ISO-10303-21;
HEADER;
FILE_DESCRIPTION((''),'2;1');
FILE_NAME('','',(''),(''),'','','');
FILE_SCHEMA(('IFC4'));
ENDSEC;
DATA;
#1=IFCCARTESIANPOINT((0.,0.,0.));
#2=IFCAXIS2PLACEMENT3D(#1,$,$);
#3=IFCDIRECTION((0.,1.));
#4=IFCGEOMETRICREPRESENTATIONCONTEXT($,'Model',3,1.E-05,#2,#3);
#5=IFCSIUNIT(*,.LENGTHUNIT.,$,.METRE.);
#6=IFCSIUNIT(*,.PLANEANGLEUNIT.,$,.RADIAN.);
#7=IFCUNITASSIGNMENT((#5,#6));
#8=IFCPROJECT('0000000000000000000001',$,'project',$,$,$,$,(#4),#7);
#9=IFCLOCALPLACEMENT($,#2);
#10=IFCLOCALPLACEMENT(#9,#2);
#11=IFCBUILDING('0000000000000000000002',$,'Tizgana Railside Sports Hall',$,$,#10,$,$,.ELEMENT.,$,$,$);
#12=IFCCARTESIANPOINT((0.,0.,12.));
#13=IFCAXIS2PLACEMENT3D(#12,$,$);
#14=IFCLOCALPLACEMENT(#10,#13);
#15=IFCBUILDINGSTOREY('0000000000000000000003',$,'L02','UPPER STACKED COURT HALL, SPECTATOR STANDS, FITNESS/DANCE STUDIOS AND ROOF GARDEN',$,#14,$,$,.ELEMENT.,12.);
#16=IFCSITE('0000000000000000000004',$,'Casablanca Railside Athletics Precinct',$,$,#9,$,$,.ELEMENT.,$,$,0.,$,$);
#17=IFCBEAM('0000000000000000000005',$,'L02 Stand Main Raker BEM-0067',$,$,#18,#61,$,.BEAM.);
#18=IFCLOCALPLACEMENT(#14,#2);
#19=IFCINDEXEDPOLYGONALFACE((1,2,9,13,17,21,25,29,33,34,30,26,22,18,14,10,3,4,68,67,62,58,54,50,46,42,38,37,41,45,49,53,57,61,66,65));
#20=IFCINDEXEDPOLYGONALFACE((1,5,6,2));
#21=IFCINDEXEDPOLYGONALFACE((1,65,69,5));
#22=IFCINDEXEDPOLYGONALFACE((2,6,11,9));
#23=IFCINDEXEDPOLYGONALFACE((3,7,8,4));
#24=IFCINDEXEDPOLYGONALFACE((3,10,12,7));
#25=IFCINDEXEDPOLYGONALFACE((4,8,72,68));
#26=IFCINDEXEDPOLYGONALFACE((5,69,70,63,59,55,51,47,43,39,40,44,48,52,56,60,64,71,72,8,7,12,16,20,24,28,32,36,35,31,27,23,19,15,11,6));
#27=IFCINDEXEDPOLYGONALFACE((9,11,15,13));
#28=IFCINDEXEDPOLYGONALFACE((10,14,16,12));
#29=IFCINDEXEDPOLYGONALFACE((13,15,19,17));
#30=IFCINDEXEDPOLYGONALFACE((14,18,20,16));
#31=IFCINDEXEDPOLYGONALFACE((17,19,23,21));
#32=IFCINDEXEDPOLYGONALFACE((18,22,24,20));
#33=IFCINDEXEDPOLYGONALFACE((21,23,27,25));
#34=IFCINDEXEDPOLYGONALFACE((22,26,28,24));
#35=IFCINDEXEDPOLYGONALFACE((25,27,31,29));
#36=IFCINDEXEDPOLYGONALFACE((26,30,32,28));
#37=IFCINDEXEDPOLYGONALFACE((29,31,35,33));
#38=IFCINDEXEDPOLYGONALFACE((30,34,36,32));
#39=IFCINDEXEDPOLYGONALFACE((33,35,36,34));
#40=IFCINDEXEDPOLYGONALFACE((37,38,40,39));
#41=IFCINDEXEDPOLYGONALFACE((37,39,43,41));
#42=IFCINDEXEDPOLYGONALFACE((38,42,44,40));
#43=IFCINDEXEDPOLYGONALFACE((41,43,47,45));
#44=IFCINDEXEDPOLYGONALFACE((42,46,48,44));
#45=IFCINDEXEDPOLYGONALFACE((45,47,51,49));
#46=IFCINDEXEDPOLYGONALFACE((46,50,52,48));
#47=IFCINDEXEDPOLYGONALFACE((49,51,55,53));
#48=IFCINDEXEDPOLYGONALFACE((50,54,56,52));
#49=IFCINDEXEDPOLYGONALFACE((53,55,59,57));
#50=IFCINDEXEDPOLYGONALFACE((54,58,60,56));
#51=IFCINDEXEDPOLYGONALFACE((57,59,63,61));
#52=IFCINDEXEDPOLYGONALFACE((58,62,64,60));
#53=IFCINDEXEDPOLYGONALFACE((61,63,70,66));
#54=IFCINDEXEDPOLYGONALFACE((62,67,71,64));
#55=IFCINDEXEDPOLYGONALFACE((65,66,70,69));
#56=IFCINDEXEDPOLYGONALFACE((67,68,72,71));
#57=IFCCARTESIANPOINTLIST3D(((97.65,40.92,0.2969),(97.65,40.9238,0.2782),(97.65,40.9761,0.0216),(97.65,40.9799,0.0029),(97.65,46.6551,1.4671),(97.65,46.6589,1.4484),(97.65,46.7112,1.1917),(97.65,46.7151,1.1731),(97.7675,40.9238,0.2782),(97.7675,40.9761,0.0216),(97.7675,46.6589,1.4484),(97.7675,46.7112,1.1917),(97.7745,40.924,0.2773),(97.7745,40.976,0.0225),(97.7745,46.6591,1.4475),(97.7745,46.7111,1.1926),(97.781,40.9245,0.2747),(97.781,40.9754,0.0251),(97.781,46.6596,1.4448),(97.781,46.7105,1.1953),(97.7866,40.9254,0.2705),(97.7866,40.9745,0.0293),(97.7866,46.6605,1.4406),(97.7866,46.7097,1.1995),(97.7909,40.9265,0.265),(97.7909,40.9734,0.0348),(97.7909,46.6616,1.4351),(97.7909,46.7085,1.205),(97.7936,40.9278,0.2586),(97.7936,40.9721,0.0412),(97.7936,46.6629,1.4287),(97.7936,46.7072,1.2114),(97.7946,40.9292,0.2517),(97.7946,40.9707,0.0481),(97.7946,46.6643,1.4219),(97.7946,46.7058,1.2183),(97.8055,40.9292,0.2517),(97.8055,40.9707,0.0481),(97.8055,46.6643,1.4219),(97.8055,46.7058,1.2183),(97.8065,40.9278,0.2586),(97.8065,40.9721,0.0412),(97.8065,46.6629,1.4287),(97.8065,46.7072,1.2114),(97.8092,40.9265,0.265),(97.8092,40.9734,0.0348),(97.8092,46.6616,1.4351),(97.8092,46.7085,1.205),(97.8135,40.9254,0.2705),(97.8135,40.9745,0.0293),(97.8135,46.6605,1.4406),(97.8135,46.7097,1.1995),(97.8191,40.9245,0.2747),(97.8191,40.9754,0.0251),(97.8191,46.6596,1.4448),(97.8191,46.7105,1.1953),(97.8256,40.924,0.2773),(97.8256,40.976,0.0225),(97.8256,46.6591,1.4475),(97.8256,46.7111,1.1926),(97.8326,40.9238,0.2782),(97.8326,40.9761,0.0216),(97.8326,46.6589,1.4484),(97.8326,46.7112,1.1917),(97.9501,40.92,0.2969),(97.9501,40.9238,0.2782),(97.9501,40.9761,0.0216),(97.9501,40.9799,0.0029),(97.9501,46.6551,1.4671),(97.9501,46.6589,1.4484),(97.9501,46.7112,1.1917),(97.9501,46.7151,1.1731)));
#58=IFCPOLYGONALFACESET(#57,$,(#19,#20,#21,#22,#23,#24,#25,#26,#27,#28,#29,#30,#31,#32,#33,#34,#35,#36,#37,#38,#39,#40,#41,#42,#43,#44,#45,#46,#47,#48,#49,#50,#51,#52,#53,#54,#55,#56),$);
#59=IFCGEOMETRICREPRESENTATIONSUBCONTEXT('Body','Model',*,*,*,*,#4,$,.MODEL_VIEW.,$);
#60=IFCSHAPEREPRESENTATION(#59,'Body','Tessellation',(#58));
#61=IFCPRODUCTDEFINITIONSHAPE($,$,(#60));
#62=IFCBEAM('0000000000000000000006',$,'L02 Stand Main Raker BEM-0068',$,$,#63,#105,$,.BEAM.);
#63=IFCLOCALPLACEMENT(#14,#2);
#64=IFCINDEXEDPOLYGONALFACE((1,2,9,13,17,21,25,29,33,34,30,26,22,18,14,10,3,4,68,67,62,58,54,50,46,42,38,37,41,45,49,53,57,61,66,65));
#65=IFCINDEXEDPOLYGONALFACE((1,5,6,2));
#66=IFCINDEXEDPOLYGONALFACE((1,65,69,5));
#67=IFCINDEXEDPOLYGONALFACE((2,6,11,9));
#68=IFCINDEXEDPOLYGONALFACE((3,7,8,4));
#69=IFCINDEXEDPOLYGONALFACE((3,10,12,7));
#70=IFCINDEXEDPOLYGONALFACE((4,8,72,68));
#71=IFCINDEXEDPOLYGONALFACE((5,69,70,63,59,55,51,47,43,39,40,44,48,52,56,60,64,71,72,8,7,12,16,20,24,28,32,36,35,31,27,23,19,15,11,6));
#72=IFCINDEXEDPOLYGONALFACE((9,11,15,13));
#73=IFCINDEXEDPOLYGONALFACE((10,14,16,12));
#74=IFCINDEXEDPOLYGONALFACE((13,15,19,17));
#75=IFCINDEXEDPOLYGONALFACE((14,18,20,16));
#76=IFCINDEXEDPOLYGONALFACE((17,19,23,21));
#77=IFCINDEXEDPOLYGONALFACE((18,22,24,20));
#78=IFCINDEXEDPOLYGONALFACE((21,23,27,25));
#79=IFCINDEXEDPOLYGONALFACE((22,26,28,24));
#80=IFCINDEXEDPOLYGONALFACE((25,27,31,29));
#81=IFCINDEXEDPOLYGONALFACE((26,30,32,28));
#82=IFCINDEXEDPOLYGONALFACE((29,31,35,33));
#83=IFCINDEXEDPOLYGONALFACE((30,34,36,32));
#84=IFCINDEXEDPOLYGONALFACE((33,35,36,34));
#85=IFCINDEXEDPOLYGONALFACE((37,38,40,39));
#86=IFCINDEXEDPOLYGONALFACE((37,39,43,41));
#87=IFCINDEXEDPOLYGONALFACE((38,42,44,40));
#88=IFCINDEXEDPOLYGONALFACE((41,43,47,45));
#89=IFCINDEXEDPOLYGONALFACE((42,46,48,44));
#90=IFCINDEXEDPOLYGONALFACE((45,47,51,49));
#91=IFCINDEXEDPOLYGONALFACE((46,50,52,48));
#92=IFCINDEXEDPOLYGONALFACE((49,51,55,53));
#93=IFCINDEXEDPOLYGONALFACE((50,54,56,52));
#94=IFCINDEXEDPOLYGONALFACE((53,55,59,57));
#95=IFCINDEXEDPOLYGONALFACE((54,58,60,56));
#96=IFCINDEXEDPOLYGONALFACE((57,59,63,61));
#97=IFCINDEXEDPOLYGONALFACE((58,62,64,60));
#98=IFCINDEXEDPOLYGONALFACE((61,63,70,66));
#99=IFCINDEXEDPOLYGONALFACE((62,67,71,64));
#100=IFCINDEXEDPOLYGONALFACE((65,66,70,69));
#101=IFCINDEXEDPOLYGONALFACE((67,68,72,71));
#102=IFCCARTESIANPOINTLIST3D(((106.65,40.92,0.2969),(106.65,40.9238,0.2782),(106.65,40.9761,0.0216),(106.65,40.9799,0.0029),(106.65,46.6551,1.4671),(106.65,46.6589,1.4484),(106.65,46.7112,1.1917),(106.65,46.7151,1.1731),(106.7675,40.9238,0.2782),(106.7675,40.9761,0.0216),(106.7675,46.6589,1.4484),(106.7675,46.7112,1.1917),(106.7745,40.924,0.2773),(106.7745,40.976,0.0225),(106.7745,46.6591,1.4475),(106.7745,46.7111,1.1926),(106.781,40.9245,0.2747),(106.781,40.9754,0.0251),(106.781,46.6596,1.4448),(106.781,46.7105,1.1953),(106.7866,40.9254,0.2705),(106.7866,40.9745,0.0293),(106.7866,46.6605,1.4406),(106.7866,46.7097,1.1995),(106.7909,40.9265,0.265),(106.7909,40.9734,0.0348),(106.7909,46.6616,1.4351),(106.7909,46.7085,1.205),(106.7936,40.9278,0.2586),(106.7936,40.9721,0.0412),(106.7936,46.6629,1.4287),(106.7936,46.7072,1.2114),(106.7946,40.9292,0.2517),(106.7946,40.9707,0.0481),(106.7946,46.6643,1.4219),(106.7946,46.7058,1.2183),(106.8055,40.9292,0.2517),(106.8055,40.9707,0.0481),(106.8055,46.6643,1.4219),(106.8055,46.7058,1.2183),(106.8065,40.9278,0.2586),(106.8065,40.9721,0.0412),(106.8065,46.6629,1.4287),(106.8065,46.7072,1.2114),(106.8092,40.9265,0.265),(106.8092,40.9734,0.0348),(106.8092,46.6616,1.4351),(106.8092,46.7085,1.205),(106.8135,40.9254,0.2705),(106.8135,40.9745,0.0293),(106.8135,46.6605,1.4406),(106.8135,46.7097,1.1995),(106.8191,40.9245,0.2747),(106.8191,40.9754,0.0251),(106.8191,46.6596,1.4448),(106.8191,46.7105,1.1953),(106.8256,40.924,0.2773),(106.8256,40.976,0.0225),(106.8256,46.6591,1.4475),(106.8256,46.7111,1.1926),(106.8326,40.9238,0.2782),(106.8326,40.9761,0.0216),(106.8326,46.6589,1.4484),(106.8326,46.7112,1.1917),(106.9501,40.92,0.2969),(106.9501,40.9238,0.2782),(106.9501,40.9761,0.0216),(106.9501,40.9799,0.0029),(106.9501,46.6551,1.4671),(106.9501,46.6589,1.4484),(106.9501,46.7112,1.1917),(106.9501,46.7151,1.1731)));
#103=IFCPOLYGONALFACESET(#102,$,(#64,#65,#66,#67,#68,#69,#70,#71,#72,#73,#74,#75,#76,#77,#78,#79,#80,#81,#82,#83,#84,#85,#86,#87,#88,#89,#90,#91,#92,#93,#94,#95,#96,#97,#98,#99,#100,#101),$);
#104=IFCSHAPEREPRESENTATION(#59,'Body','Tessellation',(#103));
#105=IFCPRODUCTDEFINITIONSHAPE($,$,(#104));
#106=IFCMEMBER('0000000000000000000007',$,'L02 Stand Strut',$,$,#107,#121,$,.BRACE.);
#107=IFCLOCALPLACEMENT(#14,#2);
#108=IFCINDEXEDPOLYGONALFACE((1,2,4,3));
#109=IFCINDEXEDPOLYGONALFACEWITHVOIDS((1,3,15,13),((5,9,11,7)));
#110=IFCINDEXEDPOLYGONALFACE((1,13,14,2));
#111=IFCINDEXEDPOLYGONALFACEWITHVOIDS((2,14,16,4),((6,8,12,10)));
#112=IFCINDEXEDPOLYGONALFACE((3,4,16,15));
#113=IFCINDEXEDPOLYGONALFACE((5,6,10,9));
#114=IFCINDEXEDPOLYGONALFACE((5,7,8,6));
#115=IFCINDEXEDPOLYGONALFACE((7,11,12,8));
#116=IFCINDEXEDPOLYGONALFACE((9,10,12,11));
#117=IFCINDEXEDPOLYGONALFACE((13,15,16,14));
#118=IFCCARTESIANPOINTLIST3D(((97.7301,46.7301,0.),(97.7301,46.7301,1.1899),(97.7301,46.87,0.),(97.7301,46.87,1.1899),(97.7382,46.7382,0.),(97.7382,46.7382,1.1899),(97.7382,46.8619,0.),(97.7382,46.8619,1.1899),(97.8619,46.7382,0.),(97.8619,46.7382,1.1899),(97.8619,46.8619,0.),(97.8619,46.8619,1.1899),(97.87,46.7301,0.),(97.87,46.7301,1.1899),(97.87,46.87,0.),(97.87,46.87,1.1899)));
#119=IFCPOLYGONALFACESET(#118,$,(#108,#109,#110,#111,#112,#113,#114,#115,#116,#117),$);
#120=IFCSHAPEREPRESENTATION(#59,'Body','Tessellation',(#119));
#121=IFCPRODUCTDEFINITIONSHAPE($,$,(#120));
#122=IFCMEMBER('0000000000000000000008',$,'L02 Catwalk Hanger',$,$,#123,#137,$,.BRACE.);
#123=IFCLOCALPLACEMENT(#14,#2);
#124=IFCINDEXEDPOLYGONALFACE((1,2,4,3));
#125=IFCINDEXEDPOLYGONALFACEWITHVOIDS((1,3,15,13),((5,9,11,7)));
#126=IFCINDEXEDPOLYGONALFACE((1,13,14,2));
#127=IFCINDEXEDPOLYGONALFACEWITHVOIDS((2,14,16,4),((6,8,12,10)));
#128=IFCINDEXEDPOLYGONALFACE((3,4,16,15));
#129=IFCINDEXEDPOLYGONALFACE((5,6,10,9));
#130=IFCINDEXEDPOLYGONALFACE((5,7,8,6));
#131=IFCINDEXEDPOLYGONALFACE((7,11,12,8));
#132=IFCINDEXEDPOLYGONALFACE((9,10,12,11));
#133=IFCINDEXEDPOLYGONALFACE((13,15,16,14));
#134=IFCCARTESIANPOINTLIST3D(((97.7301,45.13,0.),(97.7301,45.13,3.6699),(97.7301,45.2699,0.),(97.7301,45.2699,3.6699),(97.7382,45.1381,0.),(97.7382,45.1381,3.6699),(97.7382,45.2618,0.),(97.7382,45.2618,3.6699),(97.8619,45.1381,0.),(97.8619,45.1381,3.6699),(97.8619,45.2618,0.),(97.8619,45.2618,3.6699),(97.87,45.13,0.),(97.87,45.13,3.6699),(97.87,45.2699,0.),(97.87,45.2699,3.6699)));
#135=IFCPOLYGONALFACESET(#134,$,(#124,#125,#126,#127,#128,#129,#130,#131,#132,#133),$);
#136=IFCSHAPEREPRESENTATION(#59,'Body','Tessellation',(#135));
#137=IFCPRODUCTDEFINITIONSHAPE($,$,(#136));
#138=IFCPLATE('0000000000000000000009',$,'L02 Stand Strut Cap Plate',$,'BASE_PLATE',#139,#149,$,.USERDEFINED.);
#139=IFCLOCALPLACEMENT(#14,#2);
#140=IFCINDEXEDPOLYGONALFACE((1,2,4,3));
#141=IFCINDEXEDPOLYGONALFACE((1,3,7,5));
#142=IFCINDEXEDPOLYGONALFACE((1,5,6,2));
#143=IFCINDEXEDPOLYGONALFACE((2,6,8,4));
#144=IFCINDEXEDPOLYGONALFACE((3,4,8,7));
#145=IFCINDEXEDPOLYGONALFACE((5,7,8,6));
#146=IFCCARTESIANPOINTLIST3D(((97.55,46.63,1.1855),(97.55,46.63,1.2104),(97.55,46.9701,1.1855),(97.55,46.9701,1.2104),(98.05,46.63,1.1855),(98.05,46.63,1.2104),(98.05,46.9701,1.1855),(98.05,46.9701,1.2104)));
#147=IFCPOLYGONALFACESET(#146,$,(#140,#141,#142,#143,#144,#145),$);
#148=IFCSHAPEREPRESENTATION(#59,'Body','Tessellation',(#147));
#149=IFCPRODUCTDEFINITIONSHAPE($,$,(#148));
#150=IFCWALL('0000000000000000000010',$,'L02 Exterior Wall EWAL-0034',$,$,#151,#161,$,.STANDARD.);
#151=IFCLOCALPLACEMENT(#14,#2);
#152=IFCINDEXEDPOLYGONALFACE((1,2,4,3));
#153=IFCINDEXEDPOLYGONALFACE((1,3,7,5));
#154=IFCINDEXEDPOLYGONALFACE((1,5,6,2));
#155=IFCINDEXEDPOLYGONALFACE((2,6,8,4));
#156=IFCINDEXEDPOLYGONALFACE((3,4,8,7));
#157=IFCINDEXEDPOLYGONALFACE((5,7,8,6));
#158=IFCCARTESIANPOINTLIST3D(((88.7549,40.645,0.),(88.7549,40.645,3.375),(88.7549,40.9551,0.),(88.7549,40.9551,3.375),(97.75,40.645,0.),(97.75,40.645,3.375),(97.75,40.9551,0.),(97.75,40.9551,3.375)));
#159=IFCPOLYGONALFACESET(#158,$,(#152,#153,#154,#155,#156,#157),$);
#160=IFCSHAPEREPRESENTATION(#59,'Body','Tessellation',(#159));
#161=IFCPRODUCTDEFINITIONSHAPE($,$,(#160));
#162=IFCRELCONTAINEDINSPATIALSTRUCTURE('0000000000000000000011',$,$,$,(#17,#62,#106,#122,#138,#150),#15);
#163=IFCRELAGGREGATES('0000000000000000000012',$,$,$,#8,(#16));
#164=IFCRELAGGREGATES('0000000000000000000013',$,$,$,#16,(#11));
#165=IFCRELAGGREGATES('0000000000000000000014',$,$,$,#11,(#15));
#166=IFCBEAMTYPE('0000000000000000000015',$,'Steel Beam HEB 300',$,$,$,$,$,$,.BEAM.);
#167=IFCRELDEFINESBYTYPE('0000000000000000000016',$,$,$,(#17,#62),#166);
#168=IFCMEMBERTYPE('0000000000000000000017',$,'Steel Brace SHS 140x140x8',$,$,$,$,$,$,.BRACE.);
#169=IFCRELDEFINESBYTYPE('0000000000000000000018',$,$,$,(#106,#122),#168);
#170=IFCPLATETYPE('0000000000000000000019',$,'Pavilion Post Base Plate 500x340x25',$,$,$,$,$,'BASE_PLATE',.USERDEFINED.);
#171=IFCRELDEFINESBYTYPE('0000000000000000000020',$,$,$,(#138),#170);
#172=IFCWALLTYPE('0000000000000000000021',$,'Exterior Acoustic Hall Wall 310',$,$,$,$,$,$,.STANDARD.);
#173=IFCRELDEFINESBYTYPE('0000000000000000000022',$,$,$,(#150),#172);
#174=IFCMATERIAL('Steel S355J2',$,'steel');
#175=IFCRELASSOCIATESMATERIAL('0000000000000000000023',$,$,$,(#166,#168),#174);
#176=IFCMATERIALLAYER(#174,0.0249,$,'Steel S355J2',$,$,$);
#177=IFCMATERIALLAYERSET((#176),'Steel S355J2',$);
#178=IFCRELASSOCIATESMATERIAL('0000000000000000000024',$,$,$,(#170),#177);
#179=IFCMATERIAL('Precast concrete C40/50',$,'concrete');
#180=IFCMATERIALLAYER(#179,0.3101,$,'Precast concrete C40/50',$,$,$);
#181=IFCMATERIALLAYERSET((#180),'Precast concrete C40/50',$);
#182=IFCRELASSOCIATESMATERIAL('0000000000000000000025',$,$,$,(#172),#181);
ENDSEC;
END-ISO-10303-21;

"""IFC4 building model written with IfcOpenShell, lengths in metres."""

from ifc_helpers import new_model, si_unit, direction, frame, frame_2d, origin, origin_2d, place, context, subcontext, project, spatial, rectangle, hollow_rectangle, i_section, extrude, material, layer, layer_set, material_profile, profile_set, type_object, element, save


model = new_model("IFC4")

# Units and contexts
model_context = context("Model", 3, precision=1e-05, world=origin(), true_north=direction((0.0, 1.0)))
body_context = subcontext(model_context, "Body", "Model", "MODEL_VIEW")
ifc_project = project(units=[si_unit("LENGTHUNIT", "METRE"), si_unit("PLANEANGLEUNIT", "RADIAN")], contexts=[model_context])

# Site, building, storey
site_placement = place(None, origin())
site = spatial("IfcSite", under=ifc_project, at=site_placement, Name="Casablanca Railside Athletics Precinct", CompositionType="ELEMENT", RefElevation=0.0)
building_placement = place(site_placement, origin())
building = spatial("IfcBuilding", under=site, at=building_placement, Name="Tizgana Railside Sports Hall", CompositionType="ELEMENT")
storey_placement = place(building_placement, frame((0.0, 0.0, 12.0)))
storey = spatial("IfcBuildingStorey", under=building, at=storey_placement, Name="L02", Description="UPPER STACKED COURT HALL, SPECTATOR STANDS, FITNESS/DANCE STUDIOS AND ROOF GARDEN", CompositionType="ELEMENT", Elevation=12.0)

# Beams
ifc_material_1 = material(Name="Steel S355J2", Category="steel")
ifc_material_profile_1 = material_profile(ifc_material_1, i_section(OverallWidth=0.3, OverallDepth=0.3, WebThickness=0.011, FlangeThickness=0.019, FilletRadius=0.0271, at=origin_2d()), Name="HEB 300")
ifc_profile_set_1 = profile_set([ifc_material_profile_1], Name="Steel S355J2")
beam_type_1 = type_object("IfcBeamType", Name="Steel Beam HEB 300", PredefinedType="BEAM", material=ifc_profile_set_1)
for number, where, z_axis, x_axis, name in (
    (1, (97.8, 40.95, 0.1499), (0.0, 0.979813, 0.199917), (-1.0, 0.0, 0.0), "L02 Stand Main Raker BEM-0067"),
    (2, (106.8, 40.95, 0.1499), (0.0, 0.979813, 0.199917), (-1.0, 0.0, 0.0), "L02 Stand Main Raker BEM-0068"),
):
    element("IfcBeam", number, at=place(storey_placement, frame(where, z_axis=z_axis, x_axis=x_axis)), inside=storey, type_object=beam_type_1, Name=name, PredefinedType="BEAM", context=body_context, shape_type="SweptSolid", body=[
        extrude(i_section(OverallWidth=0.3, OverallDepth=0.3, WebThickness=0.011, FlangeThickness=0.019, FilletRadius=0.0271, at=origin_2d()), origin(), (0.0, 0.0, 1.0), 5.8533),
    ])

# Members
ifc_material_profile_2 = material_profile(ifc_material_1, hollow_rectangle(XDim=0.1399, YDim=0.1399, WallThickness=0.0081, at=origin_2d()), Name="SHS 140x140x8")
ifc_profile_set_2 = profile_set([ifc_material_profile_2], Name="Steel S355J2")
member_type = type_object("IfcMemberType", Name="Steel Brace SHS 140x140x8", PredefinedType="BRACE", material=ifc_profile_set_2)
member_1_placement = place(storey_placement, frame((97.8, 46.8, 0.0), z_axis=(0.0, 0.0, 1.0), x_axis=(1.0, 0.0, 0.0)))
element("IfcMember", 3, at=member_1_placement, inside=storey, type_object=member_type, Name="L02 Stand Strut", PredefinedType="BRACE", context=body_context, shape_type="SweptSolid", body=[
    extrude(hollow_rectangle(XDim=0.1399, YDim=0.1399, WallThickness=0.0081, at=origin_2d()), origin(), (0.0, 0.0, 1.0), 1.1899),
])
member_2_placement = place(storey_placement, frame((97.8, 45.2, 0.0), z_axis=(0.0, 0.0, 1.0), x_axis=(1.0, 0.0, 0.0)))
element("IfcMember", 4, at=member_2_placement, inside=storey, type_object=member_type, Name="L02 Catwalk Hanger", PredefinedType="BRACE", context=body_context, shape_type="SweptSolid", body=[
    extrude(hollow_rectangle(XDim=0.1399, YDim=0.1399, WallThickness=0.0081, at=origin_2d()), origin(), (0.0, 0.0, 1.0), 3.6699),
])

# Plate
ifc_layer_1 = layer(ifc_material_1, 0.0249, Name="Steel S355J2")
ifc_layer_set_1 = layer_set([ifc_layer_1], Name="Steel S355J2")
plate_type = type_object("IfcPlateType", Name="Pavilion Post Base Plate 500x340x25", ElementType="BASE_PLATE", PredefinedType="USERDEFINED", material=ifc_layer_set_1)
plate_placement = place(storey_placement, frame((97.8, 46.8, 1.1855), z_axis=(0.0, 0.0, 1.0), x_axis=(1.0, 0.0, 0.0)))
element("IfcPlate", 5, at=plate_placement, inside=storey, type_object=plate_type, Name="L02 Stand Strut Cap Plate", ObjectType="BASE_PLATE", PredefinedType="USERDEFINED", context=body_context, shape_type="SweptSolid", body=[
    extrude(rectangle(XDim=0.5, YDim=0.3401, at=origin_2d()), origin(), (0.0, 0.0, 1.0), 0.0249),
])

# Wall
ifc_material_2 = material(Name="Precast concrete C40/50", Category="concrete")
ifc_layer_2 = layer(ifc_material_2, 0.3101, Name="Precast concrete C40/50")
ifc_layer_set_2 = layer_set([ifc_layer_2], Name="Precast concrete C40/50")
wall_type = type_object("IfcWallType", Name="Exterior Acoustic Hall Wall 310", PredefinedType="STANDARD", material=ifc_layer_set_2)
wall_1_placement = place(storey_placement, frame((97.75, 40.8, 0.0), z_axis=(0.0, 0.0, 1.0), x_axis=(-1.0, 0.0, 0.0)))
element("IfcWall", 6, at=wall_1_placement, inside=storey, type_object=wall_type, Name="L02 Exterior Wall EWAL-0034", PredefinedType="STANDARD", context=body_context, shape_type="SweptSolid", body=[
    extrude(rectangle(XDim=8.9951, YDim=0.3101, at=frame_2d((4.4976, 0.0))), origin(), (0.0, 0.0, 1.0), 3.375),
])

save(model, "model.ifc")
